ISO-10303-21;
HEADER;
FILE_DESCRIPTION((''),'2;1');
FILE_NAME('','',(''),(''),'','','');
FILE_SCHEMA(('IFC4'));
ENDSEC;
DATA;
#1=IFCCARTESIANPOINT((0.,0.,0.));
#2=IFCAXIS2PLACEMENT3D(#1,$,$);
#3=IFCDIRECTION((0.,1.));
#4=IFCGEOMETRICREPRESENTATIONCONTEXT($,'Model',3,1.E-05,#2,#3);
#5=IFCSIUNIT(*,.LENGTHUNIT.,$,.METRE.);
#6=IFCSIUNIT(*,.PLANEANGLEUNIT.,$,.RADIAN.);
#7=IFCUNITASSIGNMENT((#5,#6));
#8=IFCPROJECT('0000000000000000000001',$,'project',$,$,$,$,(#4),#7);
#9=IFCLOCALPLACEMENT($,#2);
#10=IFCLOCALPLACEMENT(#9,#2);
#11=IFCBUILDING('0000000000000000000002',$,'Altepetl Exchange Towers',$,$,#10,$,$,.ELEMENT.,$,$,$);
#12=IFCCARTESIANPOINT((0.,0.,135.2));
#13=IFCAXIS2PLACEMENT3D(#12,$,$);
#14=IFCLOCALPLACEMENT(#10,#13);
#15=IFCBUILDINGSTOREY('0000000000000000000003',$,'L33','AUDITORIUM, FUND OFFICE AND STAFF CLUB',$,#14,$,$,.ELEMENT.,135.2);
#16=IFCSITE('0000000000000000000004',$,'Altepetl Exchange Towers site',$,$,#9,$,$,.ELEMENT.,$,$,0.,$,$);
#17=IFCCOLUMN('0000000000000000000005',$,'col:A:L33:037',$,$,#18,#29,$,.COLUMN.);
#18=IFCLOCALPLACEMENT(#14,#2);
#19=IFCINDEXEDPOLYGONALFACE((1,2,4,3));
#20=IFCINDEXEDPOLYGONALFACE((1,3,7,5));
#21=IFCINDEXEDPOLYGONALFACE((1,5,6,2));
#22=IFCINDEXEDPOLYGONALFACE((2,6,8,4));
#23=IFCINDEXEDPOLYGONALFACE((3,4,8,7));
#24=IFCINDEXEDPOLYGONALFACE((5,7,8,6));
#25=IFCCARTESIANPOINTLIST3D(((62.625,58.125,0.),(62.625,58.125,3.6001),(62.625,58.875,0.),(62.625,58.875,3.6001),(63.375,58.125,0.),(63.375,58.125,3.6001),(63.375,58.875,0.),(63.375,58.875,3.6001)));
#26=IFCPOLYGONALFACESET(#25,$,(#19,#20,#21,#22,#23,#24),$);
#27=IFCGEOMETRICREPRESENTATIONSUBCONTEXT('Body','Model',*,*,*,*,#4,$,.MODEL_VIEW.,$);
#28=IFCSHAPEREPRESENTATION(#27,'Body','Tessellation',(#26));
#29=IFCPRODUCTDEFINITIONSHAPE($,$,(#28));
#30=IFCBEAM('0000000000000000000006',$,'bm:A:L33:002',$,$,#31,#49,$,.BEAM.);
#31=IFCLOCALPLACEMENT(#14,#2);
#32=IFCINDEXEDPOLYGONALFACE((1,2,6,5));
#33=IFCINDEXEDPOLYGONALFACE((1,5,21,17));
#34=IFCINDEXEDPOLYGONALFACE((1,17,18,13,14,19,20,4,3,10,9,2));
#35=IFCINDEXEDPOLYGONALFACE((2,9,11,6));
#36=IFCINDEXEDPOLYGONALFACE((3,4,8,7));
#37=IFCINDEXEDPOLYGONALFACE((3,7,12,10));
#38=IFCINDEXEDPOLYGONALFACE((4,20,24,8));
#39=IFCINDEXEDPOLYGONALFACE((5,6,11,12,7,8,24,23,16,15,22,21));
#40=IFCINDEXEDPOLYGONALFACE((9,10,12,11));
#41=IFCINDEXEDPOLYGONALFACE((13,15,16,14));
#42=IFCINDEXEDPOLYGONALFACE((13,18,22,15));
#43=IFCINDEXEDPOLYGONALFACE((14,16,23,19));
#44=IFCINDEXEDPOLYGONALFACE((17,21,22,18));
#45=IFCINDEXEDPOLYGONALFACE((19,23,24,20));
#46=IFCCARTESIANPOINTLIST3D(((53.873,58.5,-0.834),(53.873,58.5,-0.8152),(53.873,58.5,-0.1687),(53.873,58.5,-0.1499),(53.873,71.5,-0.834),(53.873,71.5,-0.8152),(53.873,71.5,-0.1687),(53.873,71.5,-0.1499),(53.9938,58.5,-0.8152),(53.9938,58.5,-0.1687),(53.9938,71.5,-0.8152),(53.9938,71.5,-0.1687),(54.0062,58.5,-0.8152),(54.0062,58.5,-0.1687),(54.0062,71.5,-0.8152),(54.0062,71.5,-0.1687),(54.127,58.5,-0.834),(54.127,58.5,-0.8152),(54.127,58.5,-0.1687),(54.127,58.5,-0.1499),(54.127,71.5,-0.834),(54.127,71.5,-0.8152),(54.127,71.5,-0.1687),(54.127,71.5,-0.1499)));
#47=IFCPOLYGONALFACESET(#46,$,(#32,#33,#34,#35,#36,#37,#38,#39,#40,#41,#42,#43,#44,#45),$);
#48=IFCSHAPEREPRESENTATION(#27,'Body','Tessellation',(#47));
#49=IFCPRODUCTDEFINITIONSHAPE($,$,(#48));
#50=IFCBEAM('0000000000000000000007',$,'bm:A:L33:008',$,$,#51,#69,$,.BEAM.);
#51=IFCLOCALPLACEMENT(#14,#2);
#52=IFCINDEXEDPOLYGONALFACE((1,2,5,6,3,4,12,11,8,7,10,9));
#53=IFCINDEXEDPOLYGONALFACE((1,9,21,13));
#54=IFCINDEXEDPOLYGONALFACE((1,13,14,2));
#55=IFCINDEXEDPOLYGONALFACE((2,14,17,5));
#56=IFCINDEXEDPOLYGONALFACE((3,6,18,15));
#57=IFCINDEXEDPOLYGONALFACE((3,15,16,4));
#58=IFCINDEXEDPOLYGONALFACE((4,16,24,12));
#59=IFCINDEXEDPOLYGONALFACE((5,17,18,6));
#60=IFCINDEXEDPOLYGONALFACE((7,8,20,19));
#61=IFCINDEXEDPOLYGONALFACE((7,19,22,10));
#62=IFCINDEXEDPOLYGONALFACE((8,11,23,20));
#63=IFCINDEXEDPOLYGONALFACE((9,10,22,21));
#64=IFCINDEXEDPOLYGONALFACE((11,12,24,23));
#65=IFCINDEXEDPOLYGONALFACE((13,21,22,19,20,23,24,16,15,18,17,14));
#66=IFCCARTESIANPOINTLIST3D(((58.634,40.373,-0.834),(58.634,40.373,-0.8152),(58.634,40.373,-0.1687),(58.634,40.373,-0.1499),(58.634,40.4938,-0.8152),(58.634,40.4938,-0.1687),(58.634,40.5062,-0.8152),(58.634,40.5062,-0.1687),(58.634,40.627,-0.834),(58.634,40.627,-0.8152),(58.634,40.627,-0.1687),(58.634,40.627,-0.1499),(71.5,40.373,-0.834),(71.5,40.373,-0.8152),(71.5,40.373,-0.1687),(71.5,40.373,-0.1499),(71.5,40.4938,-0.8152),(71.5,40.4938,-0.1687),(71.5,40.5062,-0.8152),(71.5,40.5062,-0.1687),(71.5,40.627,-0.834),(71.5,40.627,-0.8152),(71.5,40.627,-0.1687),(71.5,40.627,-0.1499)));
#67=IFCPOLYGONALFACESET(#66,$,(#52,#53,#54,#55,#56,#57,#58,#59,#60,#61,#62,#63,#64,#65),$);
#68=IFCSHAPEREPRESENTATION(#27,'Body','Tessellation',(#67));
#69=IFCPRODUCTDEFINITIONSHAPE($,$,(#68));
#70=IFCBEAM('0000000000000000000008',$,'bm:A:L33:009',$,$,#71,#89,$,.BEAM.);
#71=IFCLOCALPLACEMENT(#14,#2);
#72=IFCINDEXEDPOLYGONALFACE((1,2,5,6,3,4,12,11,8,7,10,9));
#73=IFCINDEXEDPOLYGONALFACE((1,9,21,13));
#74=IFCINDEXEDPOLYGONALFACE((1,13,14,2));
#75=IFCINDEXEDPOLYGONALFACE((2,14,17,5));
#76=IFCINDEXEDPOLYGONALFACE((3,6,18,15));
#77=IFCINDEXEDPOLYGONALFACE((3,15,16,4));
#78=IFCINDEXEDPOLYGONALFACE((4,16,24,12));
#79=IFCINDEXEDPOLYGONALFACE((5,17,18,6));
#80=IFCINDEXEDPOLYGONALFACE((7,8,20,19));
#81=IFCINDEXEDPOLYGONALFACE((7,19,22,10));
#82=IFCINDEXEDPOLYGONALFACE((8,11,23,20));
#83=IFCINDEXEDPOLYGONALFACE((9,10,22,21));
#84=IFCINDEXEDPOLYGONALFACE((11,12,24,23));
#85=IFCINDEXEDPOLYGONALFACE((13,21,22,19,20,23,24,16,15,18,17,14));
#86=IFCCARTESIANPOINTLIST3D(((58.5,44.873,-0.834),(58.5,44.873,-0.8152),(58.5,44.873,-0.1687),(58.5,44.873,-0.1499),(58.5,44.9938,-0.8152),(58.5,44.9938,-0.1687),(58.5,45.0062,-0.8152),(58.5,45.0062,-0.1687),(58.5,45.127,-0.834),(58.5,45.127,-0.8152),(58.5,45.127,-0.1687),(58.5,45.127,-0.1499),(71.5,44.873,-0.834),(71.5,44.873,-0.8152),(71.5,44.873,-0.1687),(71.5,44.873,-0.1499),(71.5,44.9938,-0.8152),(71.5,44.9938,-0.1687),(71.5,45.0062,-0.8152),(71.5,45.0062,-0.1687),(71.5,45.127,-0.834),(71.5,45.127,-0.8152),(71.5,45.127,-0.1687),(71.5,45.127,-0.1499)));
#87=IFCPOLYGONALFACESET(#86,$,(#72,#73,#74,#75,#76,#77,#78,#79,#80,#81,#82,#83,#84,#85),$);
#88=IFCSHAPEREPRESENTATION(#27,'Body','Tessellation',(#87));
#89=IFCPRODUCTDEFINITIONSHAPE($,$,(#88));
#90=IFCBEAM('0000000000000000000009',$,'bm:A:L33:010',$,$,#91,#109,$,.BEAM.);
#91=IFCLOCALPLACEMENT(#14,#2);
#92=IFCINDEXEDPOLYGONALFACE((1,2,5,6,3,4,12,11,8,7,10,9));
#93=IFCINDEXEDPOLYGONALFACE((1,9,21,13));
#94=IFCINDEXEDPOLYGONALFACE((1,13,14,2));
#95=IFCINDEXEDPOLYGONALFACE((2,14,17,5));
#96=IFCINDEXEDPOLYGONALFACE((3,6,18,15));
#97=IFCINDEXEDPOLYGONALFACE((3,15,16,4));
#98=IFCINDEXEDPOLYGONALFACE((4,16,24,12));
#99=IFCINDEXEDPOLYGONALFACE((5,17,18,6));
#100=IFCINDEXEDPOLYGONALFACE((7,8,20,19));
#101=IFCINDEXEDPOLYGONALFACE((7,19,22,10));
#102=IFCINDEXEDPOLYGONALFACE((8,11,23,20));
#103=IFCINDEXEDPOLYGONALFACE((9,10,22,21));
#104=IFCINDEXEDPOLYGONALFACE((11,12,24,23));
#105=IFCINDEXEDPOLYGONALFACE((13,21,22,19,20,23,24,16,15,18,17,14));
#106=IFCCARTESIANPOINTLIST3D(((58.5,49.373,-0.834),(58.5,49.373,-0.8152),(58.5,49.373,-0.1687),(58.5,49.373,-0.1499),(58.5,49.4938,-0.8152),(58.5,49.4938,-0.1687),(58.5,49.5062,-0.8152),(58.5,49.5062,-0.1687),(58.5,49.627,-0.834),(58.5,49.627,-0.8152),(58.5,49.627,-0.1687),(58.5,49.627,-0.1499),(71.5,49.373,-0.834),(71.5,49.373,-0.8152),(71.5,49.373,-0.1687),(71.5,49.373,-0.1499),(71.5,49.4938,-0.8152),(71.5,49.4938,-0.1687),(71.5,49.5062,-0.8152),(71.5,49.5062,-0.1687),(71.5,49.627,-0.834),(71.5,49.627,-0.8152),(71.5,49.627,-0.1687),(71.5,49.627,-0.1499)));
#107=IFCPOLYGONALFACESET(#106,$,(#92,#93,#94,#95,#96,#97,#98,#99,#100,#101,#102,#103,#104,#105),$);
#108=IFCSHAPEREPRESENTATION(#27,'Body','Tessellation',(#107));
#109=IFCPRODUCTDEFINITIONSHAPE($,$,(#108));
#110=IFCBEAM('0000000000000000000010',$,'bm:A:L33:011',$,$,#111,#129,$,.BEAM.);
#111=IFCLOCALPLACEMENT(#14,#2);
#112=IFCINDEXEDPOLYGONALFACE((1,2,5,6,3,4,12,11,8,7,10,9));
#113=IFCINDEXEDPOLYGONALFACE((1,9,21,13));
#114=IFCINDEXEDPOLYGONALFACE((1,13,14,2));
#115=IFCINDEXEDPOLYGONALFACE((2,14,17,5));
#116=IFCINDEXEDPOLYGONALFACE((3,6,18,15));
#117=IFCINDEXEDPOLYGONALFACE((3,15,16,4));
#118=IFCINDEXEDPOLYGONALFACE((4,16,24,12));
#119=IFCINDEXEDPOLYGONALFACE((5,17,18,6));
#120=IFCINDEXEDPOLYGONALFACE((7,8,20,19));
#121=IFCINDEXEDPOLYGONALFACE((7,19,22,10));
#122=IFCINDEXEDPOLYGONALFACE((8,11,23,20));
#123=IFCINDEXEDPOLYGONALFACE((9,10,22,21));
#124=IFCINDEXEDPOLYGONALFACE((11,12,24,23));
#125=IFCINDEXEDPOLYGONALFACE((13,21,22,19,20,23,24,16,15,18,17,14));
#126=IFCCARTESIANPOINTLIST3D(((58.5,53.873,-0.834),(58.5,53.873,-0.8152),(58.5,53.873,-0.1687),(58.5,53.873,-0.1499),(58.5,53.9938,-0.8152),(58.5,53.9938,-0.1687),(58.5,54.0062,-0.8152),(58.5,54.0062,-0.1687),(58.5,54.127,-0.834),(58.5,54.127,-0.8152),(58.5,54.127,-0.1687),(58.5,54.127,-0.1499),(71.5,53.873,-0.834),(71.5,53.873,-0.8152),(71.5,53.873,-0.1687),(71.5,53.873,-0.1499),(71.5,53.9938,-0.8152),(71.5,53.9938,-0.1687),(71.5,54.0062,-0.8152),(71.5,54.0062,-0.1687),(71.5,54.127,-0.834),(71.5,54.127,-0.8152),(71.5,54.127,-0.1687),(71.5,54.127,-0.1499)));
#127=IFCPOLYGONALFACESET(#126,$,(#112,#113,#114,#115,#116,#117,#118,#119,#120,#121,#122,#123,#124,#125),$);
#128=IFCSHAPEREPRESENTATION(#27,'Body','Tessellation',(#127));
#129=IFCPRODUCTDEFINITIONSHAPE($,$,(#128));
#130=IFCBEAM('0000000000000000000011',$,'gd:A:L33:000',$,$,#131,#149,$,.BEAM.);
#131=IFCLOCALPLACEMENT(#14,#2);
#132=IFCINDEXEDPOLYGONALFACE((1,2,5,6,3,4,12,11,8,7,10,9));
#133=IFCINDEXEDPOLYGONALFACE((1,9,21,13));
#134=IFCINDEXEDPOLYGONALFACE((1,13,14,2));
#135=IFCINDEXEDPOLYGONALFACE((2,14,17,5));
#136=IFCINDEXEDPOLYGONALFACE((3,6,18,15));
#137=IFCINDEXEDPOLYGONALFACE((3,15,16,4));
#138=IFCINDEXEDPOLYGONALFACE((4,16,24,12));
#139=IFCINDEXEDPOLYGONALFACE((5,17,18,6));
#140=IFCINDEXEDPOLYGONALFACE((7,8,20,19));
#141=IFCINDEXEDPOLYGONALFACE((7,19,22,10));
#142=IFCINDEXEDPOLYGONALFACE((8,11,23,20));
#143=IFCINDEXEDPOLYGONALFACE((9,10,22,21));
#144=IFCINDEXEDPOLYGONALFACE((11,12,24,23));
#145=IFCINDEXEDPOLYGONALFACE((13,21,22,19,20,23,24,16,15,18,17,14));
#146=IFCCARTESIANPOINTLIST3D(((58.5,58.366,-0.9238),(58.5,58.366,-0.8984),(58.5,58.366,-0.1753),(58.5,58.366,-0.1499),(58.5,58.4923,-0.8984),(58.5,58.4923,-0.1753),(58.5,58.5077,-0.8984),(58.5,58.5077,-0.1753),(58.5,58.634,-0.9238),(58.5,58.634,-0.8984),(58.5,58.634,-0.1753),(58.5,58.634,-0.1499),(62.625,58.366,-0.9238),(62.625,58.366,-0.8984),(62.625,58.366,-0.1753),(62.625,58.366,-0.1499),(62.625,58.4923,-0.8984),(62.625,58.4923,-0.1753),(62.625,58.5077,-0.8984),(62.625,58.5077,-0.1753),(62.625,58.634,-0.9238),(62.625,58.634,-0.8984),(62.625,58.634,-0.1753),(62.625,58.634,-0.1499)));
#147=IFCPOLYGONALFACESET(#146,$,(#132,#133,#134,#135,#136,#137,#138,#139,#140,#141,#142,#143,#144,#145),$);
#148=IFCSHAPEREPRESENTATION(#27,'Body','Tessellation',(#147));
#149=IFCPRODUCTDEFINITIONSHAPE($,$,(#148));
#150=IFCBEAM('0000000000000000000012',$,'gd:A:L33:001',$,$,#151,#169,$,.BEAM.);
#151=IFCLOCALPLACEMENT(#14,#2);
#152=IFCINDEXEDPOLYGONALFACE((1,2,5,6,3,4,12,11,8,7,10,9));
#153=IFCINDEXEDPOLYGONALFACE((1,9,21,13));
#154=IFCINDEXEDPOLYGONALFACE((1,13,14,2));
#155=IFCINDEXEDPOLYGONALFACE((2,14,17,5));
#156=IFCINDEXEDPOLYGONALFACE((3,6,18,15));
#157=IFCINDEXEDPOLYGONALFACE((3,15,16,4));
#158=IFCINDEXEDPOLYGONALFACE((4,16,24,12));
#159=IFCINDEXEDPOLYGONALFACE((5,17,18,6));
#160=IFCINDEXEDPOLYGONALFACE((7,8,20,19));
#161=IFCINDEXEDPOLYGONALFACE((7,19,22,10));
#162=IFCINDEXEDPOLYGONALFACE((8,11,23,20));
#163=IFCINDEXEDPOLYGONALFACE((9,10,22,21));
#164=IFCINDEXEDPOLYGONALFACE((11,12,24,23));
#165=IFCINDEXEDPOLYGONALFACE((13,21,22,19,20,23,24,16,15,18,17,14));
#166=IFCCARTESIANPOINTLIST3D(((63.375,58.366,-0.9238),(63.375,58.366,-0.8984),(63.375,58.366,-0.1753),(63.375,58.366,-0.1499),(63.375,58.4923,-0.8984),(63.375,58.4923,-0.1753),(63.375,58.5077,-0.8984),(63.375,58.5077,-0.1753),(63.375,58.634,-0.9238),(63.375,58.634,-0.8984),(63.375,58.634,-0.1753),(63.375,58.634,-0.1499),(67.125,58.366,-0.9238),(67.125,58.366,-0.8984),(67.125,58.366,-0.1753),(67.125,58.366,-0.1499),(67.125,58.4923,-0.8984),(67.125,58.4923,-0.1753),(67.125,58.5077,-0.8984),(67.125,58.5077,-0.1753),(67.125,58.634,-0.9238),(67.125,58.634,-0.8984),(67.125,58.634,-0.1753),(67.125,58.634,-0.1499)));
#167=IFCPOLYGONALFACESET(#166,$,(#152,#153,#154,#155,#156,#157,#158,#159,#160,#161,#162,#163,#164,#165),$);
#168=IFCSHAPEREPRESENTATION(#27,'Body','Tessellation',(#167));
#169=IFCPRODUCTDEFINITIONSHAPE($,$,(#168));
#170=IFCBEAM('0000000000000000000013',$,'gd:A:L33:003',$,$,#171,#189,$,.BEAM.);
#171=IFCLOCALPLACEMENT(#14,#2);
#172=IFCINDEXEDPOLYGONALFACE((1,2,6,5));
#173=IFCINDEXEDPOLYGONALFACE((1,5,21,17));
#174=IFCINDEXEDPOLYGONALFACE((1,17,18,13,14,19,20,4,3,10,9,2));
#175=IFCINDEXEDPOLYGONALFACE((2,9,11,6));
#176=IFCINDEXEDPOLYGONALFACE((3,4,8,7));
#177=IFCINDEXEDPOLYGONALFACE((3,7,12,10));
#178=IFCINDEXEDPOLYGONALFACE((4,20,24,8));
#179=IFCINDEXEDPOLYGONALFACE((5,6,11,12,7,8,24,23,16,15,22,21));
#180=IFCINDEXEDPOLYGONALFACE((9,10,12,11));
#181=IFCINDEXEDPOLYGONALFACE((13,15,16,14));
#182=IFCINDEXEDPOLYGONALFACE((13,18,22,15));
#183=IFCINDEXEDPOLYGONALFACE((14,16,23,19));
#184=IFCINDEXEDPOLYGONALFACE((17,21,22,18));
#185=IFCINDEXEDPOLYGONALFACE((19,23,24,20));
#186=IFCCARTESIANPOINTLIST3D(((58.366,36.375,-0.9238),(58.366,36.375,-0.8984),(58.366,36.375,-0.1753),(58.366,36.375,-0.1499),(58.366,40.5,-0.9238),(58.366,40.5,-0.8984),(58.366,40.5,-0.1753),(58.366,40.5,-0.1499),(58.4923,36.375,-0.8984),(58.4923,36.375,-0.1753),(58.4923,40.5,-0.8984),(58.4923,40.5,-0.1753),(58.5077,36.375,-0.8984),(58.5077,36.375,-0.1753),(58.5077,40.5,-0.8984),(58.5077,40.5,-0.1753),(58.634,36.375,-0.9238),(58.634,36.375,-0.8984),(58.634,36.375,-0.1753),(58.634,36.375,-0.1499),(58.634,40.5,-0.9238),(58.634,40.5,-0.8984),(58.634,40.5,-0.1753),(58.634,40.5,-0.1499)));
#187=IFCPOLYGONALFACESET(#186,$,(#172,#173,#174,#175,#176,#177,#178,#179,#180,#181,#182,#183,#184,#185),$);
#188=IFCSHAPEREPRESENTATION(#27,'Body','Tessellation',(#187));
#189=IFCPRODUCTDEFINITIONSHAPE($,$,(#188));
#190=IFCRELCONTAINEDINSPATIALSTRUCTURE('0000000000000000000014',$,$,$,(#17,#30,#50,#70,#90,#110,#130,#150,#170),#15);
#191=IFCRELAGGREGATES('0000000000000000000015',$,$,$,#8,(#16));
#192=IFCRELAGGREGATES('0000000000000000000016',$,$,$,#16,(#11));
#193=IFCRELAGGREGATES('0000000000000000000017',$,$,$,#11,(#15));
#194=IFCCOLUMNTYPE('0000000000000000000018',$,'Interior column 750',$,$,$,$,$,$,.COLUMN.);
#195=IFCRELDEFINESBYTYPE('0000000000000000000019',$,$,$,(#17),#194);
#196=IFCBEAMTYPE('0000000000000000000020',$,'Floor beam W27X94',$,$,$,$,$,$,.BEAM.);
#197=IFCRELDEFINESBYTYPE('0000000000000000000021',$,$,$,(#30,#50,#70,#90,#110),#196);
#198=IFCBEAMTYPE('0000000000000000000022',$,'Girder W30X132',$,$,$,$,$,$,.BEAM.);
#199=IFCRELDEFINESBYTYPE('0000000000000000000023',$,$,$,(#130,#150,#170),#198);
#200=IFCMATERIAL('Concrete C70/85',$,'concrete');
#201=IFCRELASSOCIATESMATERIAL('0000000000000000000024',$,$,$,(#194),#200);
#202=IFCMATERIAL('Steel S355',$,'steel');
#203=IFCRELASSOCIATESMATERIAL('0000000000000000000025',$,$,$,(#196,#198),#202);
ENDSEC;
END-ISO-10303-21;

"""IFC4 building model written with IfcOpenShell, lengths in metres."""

from ifc_helpers import new_model, si_unit, direction, frame, origin, origin_2d, place, context, subcontext, project, spatial, rectangle, i_section, extrude, material, material_profile, profile_set, type_object, element, save


model = new_model("IFC4")

# Units and contexts
model_context = context("Model", 3, precision=1e-05, world=origin(), true_north=direction((0.0, 1.0)))
body_context = subcontext(model_context, "Body", "Model", "MODEL_VIEW")
ifc_project = project(units=[si_unit("LENGTHUNIT", "METRE"), si_unit("PLANEANGLEUNIT", "RADIAN")], contexts=[model_context])

# Site, building, storey
site_placement = place(None, origin())
site = spatial("IfcSite", under=ifc_project, at=site_placement, Name="Altepetl Exchange Towers site", CompositionType="ELEMENT", RefElevation=0.0)
building_placement = place(site_placement, origin())
building = spatial("IfcBuilding", under=site, at=building_placement, Name="Altepetl Exchange Towers", CompositionType="ELEMENT")
storey_placement = place(building_placement, frame((0.0, 0.0, 135.2)))
storey = spatial("IfcBuildingStorey", under=building, at=storey_placement, Name="L33", Description="AUDITORIUM, FUND OFFICE AND STAFF CLUB", CompositionType="ELEMENT", Elevation=135.2)

# Column
ifc_material_1 = material(Name="Concrete C70/85", Category="concrete")
ifc_material_profile_1 = material_profile(ifc_material_1, rectangle(XDim=0.75, YDim=0.75, at=origin_2d()), Name="750 x 750")
ifc_profile_set_1 = profile_set([ifc_material_profile_1], Name="Concrete C70/85")
column_type = type_object("IfcColumnType", Name="Interior column 750", PredefinedType="COLUMN", material=ifc_profile_set_1)
column_placement = place(storey_placement, frame((63.0, 58.5, 0.0)))
element("IfcColumn", 1, at=column_placement, inside=storey, type_object=column_type, Name="col:A:L33:037", PredefinedType="COLUMN", context=body_context, shape_type="SweptSolid", body=[
    extrude(rectangle(XDim=0.75, YDim=0.75, at=origin_2d()), origin(), (0.0, 0.0, 1.0), 3.6001),
])

# Beams
ifc_material_2 = material(Name="Steel S355", Category="steel")
ifc_material_profile_2 = material_profile(ifc_material_2, i_section(OverallWidth=0.2539, OverallDepth=0.6841, WebThickness=0.0125, FlangeThickness=0.0188, at=origin_2d()), Name="W27X94")
ifc_profile_set_2 = profile_set([ifc_material_profile_2], Name="Steel S355")
beam_type_1 = type_object("IfcBeamType", Name="Floor beam W27X94", PredefinedType="BEAM", material=ifc_profile_set_2)
beam_1_placement = place(storey_placement, frame((54.0, 58.5, -0.4919), z_axis=(0.0, 1.0, 0.0), x_axis=(-1.0, 0.0, 0.0)))
element("IfcBeam", 2, at=beam_1_placement, inside=storey, type_object=beam_type_1, Name="bm:A:L33:002", PredefinedType="BEAM", context=body_context, shape_type="SweptSolid", body=[
    extrude(i_section(OverallWidth=0.2539, OverallDepth=0.6841, WebThickness=0.0125, FlangeThickness=0.0188, at=origin_2d()), origin(), (0.0, 0.0, 1.0), 13.0),
])
beam_2_placement = place(storey_placement, frame((58.634, 40.5, -0.4919), z_axis=(1.0, 0.0, 0.0), x_axis=(0.0, 1.0, 0.0)))
element("IfcBeam", 3, at=beam_2_placement, inside=storey, type_object=beam_type_1, Name="bm:A:L33:008", PredefinedType="BEAM", context=body_context, shape_type="SweptSolid", body=[
    extrude(i_section(OverallWidth=0.2539, OverallDepth=0.6841, WebThickness=0.0125, FlangeThickness=0.0188, at=origin_2d()), origin(), (0.0, 0.0, 1.0), 12.866),
])
for number, where, z_axis, x_axis, name in (
    (4, (58.5, 45.0, -0.4919), (1.0, 0.0, 0.0), (0.0, 1.0, 0.0), "bm:A:L33:009"),
    (5, (58.5, 49.5, -0.4919), (1.0, 0.0, 0.0), (0.0, 1.0, 0.0), "bm:A:L33:010"),
    (6, (58.5, 54.0, -0.4919), (1.0, 0.0, 0.0), (0.0, 1.0, 0.0), "bm:A:L33:011"),
):
    element("IfcBeam", number, at=place(storey_placement, frame(where, z_axis=z_axis, x_axis=x_axis)), inside=storey, type_object=beam_type_1, Name=name, PredefinedType="BEAM", context=body_context, shape_type="SweptSolid", body=[
        extrude(i_section(OverallWidth=0.2539, OverallDepth=0.6841, WebThickness=0.0125, FlangeThickness=0.0188, at=origin_2d()), origin(), (0.0, 0.0, 1.0), 13.0),
    ])
ifc_material_profile_3 = material_profile(ifc_material_2, i_section(OverallWidth=0.2681, OverallDepth=0.7739, WebThickness=0.0154, FlangeThickness=0.0254, at=origin_2d()), Name="W30X132")
ifc_profile_set_3 = profile_set([ifc_material_profile_3], Name="Steel S355")
beam_type_2 = type_object("IfcBeamType", Name="Girder W30X132", PredefinedType="BEAM", material=ifc_profile_set_3)
beam_3_placement = place(storey_placement, frame((58.5, 58.5, -0.5369), z_axis=(1.0, 0.0, 0.0), x_axis=(0.0, 1.0, 0.0)))
element("IfcBeam", 7, at=beam_3_placement, inside=storey, type_object=beam_type_2, Name="gd:A:L33:000", PredefinedType="BEAM", context=body_context, shape_type="SweptSolid", body=[
    extrude(i_section(OverallWidth=0.2681, OverallDepth=0.7739, WebThickness=0.0154, FlangeThickness=0.0254, at=origin_2d()), origin(), (0.0, 0.0, 1.0), 4.125),
])
beam_4_placement = place(storey_placement, frame((63.375, 58.5, -0.5369), z_axis=(1.0, 0.0, 0.0), x_axis=(0.0, 1.0, 0.0)))
element("IfcBeam", 8, at=beam_4_placement, inside=storey, type_object=beam_type_2, Name="gd:A:L33:001", PredefinedType="BEAM", context=body_context, shape_type="SweptSolid", body=[
    extrude(i_section(OverallWidth=0.2681, OverallDepth=0.7739, WebThickness=0.0154, FlangeThickness=0.0254, at=origin_2d()), origin(), (0.0, 0.0, 1.0), 3.75),
])
beam_5_placement = place(storey_placement, frame((58.5, 40.5, -0.5369), z_axis=(0.0, -1.0, 0.0), x_axis=(1.0, 0.0, 0.0)))
element("IfcBeam", 9, at=beam_5_placement, inside=storey, type_object=beam_type_2, Name="gd:A:L33:003", PredefinedType="BEAM", context=body_context, shape_type="SweptSolid", body=[
    extrude(i_section(OverallWidth=0.2681, OverallDepth=0.7739, WebThickness=0.0154, FlangeThickness=0.0254, at=origin_2d()), origin(), (0.0, 0.0, 1.0), 4.125),
])

save(model, "model.ifc")
